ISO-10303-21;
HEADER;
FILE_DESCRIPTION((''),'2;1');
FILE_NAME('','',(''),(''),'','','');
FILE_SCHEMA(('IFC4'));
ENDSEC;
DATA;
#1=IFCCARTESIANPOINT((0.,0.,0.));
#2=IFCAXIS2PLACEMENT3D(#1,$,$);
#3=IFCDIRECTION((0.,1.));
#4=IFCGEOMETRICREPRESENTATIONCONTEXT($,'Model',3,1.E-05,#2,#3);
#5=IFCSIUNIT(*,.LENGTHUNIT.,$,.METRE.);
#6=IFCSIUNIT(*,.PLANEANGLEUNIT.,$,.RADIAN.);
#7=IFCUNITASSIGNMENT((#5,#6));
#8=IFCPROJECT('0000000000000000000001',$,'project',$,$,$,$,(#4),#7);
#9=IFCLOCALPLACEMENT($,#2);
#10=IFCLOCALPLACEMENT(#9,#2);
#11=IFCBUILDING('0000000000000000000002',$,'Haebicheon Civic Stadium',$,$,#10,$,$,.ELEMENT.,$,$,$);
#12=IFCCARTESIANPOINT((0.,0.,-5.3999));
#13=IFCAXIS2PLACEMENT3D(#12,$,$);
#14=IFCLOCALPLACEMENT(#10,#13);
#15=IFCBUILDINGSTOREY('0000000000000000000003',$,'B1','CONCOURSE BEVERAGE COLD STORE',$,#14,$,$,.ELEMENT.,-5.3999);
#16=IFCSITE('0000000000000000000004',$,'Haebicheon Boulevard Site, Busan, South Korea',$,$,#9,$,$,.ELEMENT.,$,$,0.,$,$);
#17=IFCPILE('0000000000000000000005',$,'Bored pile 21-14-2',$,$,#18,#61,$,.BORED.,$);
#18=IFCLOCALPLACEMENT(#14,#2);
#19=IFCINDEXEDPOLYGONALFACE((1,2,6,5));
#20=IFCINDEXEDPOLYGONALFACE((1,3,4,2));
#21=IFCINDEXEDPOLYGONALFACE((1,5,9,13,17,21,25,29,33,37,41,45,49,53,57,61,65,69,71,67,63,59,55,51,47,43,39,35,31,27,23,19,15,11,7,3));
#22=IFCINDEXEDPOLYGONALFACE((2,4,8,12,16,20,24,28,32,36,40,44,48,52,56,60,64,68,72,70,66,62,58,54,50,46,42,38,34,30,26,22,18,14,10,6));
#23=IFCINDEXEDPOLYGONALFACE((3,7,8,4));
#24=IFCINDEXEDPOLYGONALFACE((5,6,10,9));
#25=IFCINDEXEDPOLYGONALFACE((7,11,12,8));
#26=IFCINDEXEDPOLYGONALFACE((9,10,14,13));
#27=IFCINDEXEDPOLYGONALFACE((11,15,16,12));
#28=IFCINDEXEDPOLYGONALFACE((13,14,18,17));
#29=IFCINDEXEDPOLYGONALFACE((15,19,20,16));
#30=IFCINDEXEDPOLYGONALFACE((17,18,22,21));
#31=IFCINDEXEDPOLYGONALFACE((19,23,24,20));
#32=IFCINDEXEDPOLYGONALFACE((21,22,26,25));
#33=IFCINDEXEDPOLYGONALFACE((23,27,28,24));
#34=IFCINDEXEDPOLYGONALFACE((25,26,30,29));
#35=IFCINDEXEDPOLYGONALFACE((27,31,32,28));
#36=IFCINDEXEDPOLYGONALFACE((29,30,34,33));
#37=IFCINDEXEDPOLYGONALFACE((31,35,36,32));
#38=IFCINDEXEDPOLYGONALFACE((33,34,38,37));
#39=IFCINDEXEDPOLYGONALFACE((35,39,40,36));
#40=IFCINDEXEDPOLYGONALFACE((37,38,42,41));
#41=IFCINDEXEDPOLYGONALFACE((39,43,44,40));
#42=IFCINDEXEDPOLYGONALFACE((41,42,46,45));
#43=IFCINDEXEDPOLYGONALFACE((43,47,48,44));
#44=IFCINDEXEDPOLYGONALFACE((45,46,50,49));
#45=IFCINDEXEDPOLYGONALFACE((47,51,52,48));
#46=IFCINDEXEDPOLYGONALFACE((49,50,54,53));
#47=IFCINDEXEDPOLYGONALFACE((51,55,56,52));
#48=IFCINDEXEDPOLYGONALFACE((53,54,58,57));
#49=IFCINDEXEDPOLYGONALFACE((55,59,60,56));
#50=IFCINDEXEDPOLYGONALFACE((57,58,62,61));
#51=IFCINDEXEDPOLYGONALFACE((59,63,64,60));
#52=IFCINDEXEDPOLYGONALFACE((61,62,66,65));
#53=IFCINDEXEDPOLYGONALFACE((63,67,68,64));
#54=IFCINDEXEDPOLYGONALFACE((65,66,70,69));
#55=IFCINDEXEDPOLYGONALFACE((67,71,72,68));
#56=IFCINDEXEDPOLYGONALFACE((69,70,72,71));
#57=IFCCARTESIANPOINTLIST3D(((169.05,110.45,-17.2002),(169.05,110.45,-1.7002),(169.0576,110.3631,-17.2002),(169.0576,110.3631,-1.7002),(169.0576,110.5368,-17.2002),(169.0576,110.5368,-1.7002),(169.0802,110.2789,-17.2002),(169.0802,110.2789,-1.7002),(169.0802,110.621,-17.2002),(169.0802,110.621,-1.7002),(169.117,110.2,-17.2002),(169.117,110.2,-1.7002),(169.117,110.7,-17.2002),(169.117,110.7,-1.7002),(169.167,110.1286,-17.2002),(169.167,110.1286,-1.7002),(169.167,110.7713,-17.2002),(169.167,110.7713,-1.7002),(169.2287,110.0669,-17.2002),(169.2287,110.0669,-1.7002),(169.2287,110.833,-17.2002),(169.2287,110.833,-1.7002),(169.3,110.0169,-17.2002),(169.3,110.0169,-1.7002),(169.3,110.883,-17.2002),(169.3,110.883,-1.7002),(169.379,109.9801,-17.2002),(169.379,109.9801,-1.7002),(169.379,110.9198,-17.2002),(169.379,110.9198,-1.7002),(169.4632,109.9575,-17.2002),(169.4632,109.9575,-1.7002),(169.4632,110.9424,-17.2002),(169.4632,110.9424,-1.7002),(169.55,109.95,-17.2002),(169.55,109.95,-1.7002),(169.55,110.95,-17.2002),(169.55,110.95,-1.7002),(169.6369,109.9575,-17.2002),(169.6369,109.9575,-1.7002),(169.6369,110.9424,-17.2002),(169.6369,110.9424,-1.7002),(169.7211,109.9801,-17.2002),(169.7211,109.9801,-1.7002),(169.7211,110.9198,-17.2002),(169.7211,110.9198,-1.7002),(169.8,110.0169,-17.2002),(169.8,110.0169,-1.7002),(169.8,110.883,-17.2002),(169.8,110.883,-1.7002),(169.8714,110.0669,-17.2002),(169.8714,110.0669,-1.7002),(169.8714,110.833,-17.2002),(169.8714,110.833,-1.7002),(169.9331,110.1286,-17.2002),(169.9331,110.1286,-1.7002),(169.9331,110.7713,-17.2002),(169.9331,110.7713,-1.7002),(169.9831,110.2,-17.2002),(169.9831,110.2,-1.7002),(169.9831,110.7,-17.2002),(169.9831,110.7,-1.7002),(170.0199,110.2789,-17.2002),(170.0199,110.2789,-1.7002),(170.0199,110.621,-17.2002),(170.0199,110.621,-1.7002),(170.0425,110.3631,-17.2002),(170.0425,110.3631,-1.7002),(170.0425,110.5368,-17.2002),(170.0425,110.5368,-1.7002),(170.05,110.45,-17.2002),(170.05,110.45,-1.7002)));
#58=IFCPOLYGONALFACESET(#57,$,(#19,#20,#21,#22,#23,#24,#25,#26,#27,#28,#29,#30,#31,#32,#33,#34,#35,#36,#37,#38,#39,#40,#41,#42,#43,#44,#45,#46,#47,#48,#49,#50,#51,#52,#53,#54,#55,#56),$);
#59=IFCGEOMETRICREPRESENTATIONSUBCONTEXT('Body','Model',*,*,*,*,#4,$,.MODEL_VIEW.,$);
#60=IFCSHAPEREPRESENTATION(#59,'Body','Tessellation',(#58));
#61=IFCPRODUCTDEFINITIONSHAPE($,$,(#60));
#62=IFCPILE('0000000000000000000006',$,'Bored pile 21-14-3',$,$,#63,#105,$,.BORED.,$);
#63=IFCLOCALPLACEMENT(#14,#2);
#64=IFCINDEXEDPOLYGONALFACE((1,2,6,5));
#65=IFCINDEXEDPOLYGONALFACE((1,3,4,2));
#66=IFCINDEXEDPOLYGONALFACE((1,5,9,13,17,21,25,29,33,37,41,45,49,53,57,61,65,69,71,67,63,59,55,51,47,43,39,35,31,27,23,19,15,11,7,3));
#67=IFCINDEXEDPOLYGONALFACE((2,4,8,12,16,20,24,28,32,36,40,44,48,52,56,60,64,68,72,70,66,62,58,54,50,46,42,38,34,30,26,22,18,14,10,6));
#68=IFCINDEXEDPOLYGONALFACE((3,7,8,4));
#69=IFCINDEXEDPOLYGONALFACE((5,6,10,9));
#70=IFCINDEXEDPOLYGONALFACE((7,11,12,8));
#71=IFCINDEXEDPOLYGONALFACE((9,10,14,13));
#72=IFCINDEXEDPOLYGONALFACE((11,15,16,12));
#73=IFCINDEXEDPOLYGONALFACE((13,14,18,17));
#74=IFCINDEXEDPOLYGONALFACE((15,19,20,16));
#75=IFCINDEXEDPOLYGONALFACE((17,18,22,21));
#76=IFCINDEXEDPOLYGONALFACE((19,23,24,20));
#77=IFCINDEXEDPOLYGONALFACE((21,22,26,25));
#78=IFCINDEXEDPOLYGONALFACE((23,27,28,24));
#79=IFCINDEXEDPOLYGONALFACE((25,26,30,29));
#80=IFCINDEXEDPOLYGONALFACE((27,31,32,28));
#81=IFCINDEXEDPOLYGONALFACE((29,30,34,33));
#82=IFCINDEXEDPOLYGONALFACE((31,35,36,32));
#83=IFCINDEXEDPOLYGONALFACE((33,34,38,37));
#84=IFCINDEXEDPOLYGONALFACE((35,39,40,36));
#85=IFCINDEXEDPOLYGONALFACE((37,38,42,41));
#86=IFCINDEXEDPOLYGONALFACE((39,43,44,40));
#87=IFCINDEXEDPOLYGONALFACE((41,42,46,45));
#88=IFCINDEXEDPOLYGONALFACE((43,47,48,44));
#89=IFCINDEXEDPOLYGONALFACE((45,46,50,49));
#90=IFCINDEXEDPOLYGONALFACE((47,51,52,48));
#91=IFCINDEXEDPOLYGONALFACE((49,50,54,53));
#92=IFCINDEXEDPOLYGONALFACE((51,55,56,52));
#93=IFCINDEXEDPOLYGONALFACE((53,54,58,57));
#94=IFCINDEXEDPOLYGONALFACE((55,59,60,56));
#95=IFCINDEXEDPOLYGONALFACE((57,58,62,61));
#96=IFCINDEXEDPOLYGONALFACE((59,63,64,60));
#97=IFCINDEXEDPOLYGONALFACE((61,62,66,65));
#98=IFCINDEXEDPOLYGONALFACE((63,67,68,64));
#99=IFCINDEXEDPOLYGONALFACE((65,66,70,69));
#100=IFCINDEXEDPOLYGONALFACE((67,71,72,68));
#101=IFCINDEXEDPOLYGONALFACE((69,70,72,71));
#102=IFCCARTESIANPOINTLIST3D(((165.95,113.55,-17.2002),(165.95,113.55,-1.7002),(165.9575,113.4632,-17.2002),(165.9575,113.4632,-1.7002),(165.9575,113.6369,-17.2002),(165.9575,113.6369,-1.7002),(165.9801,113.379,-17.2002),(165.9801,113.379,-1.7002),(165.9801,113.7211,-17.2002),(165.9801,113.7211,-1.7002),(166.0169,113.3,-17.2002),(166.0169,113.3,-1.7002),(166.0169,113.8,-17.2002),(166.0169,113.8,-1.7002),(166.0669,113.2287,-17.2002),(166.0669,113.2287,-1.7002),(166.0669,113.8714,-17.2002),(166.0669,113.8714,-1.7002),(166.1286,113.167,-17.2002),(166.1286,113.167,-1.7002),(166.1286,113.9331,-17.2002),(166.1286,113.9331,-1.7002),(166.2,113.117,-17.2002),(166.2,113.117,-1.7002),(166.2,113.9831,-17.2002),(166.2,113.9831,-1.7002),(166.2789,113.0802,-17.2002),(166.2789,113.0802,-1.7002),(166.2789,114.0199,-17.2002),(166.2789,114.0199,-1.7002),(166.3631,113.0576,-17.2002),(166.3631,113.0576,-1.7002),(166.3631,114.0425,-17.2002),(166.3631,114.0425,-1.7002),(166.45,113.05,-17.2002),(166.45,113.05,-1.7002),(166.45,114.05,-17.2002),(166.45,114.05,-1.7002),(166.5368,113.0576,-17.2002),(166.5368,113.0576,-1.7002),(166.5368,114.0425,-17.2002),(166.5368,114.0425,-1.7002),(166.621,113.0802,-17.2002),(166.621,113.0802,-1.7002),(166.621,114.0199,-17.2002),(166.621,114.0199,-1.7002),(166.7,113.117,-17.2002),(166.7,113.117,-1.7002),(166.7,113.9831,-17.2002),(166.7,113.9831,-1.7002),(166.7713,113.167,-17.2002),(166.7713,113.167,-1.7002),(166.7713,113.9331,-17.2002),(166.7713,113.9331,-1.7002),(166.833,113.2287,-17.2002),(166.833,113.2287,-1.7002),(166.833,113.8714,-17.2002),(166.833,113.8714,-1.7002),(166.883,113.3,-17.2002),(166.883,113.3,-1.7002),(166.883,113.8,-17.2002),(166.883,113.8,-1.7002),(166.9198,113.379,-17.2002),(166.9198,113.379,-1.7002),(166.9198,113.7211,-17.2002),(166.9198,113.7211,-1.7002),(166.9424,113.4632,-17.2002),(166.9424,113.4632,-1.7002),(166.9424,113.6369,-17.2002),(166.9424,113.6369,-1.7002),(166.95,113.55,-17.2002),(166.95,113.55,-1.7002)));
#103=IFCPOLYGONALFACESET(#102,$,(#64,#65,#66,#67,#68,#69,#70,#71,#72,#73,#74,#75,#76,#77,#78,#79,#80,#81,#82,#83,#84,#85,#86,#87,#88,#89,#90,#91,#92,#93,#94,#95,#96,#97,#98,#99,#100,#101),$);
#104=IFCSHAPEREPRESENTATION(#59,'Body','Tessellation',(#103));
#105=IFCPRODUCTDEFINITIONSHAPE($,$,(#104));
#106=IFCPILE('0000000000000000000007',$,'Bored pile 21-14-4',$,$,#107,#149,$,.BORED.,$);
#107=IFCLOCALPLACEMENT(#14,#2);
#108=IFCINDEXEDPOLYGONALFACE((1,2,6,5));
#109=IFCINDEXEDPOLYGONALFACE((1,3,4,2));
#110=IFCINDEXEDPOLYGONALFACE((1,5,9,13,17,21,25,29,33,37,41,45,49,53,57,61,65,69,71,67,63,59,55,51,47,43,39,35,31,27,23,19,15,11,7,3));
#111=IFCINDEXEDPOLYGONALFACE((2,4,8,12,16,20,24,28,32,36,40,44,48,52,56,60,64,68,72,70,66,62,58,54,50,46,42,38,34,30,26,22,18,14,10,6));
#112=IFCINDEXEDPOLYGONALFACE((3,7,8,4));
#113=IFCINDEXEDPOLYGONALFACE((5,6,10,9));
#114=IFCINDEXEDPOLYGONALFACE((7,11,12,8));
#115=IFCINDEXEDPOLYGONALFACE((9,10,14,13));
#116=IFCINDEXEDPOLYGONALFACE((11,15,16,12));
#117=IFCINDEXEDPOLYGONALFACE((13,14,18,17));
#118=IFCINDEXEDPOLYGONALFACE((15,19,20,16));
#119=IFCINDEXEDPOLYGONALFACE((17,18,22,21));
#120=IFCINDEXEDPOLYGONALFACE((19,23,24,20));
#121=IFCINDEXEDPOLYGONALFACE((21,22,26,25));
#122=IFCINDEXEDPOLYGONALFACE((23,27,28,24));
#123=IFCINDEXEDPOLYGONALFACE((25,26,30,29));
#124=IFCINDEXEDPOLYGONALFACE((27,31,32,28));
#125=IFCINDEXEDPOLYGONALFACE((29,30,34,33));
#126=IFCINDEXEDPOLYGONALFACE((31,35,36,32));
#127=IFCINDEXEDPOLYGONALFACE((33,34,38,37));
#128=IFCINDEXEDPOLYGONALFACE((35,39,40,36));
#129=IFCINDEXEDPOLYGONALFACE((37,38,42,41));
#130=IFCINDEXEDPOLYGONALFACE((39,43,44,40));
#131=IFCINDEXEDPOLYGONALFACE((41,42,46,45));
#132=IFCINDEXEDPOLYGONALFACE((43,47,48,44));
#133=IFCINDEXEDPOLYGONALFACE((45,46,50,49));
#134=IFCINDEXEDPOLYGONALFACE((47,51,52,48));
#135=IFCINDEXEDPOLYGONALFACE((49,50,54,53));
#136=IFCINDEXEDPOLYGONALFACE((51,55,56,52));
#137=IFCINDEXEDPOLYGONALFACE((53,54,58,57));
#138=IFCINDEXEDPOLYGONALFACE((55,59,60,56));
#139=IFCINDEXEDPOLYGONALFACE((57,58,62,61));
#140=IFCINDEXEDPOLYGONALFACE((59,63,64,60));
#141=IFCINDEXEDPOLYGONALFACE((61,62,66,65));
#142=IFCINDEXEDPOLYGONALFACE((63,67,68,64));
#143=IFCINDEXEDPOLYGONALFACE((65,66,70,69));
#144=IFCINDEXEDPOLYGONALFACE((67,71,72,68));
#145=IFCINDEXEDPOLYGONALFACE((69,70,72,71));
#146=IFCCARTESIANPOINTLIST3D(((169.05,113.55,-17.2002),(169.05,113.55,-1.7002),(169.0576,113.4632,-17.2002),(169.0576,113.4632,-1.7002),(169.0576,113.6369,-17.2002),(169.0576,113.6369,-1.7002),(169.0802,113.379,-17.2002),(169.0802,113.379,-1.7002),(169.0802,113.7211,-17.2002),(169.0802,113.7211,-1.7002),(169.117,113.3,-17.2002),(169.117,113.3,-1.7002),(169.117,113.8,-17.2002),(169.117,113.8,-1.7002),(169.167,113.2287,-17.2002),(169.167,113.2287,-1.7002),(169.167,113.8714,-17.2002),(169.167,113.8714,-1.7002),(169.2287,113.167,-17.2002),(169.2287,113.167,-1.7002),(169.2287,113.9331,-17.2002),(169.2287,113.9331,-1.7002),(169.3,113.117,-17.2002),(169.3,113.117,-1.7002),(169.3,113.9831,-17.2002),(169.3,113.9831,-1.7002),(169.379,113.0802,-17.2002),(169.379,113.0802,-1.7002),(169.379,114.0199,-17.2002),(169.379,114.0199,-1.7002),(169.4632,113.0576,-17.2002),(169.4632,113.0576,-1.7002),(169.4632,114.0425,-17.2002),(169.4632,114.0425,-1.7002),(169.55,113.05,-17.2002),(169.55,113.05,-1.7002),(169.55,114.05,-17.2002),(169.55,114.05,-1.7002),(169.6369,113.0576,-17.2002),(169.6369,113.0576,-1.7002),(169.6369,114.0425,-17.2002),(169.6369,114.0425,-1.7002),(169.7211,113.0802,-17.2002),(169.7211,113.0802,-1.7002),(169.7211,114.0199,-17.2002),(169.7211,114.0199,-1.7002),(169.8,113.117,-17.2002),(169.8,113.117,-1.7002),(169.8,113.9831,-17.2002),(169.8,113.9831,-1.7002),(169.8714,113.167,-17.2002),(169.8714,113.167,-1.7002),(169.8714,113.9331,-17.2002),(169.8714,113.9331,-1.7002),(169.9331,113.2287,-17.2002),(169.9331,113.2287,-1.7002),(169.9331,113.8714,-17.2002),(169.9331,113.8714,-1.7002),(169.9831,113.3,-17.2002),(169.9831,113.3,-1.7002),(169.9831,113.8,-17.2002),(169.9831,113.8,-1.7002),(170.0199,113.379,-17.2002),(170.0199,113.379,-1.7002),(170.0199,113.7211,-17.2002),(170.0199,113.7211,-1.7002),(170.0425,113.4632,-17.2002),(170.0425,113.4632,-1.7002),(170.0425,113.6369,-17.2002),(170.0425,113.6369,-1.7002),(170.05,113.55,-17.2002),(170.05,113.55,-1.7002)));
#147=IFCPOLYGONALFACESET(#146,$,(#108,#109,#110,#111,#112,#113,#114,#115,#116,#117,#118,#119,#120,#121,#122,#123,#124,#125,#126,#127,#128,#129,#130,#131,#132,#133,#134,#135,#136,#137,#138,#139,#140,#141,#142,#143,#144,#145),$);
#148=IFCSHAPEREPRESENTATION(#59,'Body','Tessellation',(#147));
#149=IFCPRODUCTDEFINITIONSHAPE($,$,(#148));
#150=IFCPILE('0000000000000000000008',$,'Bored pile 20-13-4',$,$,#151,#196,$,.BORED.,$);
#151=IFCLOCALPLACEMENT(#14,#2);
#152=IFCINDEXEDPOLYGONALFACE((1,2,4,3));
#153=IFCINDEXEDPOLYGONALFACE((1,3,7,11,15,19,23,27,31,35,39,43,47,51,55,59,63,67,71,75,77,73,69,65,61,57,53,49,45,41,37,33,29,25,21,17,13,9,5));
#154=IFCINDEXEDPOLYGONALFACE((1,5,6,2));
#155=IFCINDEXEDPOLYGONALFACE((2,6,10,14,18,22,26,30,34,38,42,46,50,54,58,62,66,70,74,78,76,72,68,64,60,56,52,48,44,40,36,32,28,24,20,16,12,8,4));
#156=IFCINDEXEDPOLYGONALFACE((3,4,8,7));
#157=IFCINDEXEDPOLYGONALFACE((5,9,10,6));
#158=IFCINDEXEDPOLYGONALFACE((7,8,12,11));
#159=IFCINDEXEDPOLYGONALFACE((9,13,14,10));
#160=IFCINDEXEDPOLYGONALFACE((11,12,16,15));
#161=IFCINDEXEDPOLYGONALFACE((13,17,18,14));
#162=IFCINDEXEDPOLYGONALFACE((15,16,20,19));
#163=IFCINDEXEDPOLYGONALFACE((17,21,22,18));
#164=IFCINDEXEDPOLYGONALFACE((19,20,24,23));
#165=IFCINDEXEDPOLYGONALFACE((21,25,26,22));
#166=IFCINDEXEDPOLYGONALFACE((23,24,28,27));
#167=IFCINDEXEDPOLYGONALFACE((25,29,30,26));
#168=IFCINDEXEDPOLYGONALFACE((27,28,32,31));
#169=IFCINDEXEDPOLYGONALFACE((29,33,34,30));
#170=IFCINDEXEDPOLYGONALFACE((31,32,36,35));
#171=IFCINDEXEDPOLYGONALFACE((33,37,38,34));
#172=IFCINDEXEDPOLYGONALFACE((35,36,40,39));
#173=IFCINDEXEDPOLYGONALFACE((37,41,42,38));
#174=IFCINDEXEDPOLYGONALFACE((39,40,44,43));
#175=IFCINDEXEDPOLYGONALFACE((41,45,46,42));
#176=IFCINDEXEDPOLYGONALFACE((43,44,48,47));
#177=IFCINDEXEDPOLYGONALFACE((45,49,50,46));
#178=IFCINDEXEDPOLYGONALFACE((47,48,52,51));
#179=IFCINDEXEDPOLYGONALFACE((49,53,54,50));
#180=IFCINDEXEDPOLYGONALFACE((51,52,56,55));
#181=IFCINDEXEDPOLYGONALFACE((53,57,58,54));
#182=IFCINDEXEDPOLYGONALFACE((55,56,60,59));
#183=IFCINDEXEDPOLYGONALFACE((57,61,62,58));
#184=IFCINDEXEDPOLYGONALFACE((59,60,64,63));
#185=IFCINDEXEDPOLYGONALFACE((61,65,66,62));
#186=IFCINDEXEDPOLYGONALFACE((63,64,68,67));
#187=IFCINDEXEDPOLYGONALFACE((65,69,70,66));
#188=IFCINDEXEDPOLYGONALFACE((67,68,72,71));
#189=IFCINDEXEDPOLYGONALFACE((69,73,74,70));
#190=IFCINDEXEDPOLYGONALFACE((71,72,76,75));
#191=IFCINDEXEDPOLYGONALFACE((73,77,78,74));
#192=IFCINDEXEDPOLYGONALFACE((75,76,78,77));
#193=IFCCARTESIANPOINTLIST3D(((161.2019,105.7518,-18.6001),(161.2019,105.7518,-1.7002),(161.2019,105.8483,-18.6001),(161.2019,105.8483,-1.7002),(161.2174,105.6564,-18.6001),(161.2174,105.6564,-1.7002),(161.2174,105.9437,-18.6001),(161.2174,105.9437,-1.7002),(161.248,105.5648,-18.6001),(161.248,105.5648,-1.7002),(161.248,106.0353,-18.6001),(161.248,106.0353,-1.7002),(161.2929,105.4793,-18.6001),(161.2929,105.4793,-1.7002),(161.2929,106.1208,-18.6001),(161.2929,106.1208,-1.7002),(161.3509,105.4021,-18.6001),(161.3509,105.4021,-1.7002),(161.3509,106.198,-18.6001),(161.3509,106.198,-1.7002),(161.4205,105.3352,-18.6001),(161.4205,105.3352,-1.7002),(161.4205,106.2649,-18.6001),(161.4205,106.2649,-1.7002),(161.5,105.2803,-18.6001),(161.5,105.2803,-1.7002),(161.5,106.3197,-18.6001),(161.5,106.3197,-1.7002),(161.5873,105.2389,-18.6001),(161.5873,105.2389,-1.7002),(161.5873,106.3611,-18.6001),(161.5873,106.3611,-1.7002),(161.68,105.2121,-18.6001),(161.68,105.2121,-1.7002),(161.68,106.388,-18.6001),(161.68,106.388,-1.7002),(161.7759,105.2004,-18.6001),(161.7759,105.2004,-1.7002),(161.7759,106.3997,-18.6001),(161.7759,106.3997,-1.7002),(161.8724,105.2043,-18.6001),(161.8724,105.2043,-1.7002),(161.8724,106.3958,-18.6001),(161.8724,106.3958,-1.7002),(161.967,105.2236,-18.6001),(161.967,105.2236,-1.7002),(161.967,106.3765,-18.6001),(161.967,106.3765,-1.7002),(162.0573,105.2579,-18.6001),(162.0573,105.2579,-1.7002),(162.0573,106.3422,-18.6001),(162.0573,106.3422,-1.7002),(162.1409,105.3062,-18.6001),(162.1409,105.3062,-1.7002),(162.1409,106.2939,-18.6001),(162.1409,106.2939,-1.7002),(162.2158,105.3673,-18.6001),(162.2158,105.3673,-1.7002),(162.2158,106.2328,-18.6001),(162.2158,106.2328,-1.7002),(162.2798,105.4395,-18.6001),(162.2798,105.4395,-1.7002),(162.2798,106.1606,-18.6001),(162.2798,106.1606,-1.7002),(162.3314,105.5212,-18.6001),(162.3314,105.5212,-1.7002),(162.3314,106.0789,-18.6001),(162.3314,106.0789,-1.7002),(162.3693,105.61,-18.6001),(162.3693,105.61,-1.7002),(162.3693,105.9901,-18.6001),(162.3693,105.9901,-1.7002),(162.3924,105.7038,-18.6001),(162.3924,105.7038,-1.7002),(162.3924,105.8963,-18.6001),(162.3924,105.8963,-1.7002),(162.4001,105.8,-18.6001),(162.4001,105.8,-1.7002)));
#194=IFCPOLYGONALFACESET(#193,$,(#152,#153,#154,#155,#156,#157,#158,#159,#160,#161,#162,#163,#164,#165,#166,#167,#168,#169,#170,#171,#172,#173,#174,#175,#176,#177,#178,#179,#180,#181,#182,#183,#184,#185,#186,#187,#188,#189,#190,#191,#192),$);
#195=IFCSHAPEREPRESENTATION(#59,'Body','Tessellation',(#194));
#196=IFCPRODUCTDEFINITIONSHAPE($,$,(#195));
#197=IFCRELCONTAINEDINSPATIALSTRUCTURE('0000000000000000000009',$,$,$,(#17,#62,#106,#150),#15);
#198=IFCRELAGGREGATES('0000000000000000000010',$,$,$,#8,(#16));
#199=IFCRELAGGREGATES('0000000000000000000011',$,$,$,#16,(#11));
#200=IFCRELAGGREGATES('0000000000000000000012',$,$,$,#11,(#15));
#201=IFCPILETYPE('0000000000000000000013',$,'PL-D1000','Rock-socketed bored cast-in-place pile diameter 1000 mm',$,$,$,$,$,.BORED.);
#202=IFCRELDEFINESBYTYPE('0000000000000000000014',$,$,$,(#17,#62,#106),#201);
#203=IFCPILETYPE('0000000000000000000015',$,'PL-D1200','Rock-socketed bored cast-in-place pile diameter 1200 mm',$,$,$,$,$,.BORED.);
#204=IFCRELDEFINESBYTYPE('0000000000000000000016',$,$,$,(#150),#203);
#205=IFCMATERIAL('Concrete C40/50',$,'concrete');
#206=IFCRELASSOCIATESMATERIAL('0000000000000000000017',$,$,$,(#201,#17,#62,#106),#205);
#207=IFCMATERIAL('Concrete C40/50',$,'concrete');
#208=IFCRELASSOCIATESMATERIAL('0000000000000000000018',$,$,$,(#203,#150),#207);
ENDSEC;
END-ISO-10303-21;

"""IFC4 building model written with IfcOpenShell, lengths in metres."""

from ifc_helpers import new_model, si_unit, direction, frame, origin, origin_2d, place, context, subcontext, project, spatial, circle, extrude, material, material_profile, profile_set, type_object, element, save


model = new_model("IFC4")

# Units and contexts
model_context = context("Model", 3, precision=1e-05, world=origin(), true_north=direction((0.0, 1.0)))
body_context = subcontext(model_context, "Body", "Model", "MODEL_VIEW")
ifc_project = project(units=[si_unit("LENGTHUNIT", "METRE"), si_unit("PLANEANGLEUNIT", "RADIAN")], contexts=[model_context])

# Site, building, storey
site_placement = place(None, origin())
site = spatial("IfcSite", under=ifc_project, at=site_placement, Name="Haebicheon Boulevard Site, Busan, South Korea", CompositionType="ELEMENT", RefElevation=0.0)
building_placement = place(site_placement, origin())
building = spatial("IfcBuilding", under=site, at=building_placement, Name="Haebicheon Civic Stadium", CompositionType="ELEMENT")
storey_placement = place(building_placement, frame((0.0, 0.0, -5.3999)))
storey = spatial("IfcBuildingStorey", under=building, at=storey_placement, Name="B1", Description="CONCOURSE BEVERAGE COLD STORE", CompositionType="ELEMENT", Elevation=-5.3999)

# Piles
ifc_material_1 = material(Name="Concrete C40/50", Category="concrete")
ifc_material_profile_1 = material_profile(ifc_material_1, circle(Radius=0.5, at=origin_2d()), Name="PILE-D1000")
ifc_profile_set_1 = profile_set([ifc_material_profile_1], Name="Concrete C40/50")
pile_type_1 = type_object("IfcPileType", Name="PL-D1000", Description="Rock-socketed bored cast-in-place pile diameter 1000 mm", PredefinedType="BORED", material=ifc_profile_set_1)
for number, where, z_axis, x_axis, name in (
    (1, (169.55, 110.45, -1.7002), (0.0, 0.0, -1.0), (1.0, 0.0, 0.0), "Bored pile 21-14-2"),
    (2, (166.45, 113.55, -1.7002), (0.0, 0.0, -1.0), (1.0, 0.0, 0.0), "Bored pile 21-14-3"),
    (3, (169.55, 113.55, -1.7002), (0.0, 0.0, -1.0), (1.0, 0.0, 0.0), "Bored pile 21-14-4"),
):
    element("IfcPile", number, at=place(storey_placement, frame(where, z_axis=z_axis, x_axis=x_axis)), inside=storey, type_object=pile_type_1, material=ifc_profile_set_1, Name=name, PredefinedType="BORED", context=body_context, shape_type="SweptSolid", body=[
        extrude(circle(Radius=0.5, at=origin_2d()), origin(), (0.0, 0.0, 1.0), 15.5),
    ])
ifc_material_2 = material(Name="Concrete C40/50", Category="concrete")
ifc_material_profile_2 = material_profile(ifc_material_2, circle(Radius=0.6001, at=origin_2d()), Name="PILE-D1200")
ifc_profile_set_2 = profile_set([ifc_material_profile_2], Name="Concrete C40/50")
pile_type_2 = type_object("IfcPileType", Name="PL-D1200", Description="Rock-socketed bored cast-in-place pile diameter 1200 mm", PredefinedType="BORED", material=ifc_profile_set_2)
for number, where, z_axis, x_axis, name in (
    (4, (161.8, 105.8, -1.7002), (0.0, 0.0, -1.0), (1.0, 0.0, 0.0), "Bored pile 20-13-4"),
):
    element("IfcPile", number, at=place(storey_placement, frame(where, z_axis=z_axis, x_axis=x_axis)), inside=storey, type_object=pile_type_2, material=ifc_profile_set_2, Name=name, PredefinedType="BORED", context=body_context, shape_type="SweptSolid", body=[
        extrude(circle(Radius=0.6001, at=origin_2d()), origin(), (0.0, 0.0, 1.0), 16.8999),
    ])

save(model, "model.ifc")
